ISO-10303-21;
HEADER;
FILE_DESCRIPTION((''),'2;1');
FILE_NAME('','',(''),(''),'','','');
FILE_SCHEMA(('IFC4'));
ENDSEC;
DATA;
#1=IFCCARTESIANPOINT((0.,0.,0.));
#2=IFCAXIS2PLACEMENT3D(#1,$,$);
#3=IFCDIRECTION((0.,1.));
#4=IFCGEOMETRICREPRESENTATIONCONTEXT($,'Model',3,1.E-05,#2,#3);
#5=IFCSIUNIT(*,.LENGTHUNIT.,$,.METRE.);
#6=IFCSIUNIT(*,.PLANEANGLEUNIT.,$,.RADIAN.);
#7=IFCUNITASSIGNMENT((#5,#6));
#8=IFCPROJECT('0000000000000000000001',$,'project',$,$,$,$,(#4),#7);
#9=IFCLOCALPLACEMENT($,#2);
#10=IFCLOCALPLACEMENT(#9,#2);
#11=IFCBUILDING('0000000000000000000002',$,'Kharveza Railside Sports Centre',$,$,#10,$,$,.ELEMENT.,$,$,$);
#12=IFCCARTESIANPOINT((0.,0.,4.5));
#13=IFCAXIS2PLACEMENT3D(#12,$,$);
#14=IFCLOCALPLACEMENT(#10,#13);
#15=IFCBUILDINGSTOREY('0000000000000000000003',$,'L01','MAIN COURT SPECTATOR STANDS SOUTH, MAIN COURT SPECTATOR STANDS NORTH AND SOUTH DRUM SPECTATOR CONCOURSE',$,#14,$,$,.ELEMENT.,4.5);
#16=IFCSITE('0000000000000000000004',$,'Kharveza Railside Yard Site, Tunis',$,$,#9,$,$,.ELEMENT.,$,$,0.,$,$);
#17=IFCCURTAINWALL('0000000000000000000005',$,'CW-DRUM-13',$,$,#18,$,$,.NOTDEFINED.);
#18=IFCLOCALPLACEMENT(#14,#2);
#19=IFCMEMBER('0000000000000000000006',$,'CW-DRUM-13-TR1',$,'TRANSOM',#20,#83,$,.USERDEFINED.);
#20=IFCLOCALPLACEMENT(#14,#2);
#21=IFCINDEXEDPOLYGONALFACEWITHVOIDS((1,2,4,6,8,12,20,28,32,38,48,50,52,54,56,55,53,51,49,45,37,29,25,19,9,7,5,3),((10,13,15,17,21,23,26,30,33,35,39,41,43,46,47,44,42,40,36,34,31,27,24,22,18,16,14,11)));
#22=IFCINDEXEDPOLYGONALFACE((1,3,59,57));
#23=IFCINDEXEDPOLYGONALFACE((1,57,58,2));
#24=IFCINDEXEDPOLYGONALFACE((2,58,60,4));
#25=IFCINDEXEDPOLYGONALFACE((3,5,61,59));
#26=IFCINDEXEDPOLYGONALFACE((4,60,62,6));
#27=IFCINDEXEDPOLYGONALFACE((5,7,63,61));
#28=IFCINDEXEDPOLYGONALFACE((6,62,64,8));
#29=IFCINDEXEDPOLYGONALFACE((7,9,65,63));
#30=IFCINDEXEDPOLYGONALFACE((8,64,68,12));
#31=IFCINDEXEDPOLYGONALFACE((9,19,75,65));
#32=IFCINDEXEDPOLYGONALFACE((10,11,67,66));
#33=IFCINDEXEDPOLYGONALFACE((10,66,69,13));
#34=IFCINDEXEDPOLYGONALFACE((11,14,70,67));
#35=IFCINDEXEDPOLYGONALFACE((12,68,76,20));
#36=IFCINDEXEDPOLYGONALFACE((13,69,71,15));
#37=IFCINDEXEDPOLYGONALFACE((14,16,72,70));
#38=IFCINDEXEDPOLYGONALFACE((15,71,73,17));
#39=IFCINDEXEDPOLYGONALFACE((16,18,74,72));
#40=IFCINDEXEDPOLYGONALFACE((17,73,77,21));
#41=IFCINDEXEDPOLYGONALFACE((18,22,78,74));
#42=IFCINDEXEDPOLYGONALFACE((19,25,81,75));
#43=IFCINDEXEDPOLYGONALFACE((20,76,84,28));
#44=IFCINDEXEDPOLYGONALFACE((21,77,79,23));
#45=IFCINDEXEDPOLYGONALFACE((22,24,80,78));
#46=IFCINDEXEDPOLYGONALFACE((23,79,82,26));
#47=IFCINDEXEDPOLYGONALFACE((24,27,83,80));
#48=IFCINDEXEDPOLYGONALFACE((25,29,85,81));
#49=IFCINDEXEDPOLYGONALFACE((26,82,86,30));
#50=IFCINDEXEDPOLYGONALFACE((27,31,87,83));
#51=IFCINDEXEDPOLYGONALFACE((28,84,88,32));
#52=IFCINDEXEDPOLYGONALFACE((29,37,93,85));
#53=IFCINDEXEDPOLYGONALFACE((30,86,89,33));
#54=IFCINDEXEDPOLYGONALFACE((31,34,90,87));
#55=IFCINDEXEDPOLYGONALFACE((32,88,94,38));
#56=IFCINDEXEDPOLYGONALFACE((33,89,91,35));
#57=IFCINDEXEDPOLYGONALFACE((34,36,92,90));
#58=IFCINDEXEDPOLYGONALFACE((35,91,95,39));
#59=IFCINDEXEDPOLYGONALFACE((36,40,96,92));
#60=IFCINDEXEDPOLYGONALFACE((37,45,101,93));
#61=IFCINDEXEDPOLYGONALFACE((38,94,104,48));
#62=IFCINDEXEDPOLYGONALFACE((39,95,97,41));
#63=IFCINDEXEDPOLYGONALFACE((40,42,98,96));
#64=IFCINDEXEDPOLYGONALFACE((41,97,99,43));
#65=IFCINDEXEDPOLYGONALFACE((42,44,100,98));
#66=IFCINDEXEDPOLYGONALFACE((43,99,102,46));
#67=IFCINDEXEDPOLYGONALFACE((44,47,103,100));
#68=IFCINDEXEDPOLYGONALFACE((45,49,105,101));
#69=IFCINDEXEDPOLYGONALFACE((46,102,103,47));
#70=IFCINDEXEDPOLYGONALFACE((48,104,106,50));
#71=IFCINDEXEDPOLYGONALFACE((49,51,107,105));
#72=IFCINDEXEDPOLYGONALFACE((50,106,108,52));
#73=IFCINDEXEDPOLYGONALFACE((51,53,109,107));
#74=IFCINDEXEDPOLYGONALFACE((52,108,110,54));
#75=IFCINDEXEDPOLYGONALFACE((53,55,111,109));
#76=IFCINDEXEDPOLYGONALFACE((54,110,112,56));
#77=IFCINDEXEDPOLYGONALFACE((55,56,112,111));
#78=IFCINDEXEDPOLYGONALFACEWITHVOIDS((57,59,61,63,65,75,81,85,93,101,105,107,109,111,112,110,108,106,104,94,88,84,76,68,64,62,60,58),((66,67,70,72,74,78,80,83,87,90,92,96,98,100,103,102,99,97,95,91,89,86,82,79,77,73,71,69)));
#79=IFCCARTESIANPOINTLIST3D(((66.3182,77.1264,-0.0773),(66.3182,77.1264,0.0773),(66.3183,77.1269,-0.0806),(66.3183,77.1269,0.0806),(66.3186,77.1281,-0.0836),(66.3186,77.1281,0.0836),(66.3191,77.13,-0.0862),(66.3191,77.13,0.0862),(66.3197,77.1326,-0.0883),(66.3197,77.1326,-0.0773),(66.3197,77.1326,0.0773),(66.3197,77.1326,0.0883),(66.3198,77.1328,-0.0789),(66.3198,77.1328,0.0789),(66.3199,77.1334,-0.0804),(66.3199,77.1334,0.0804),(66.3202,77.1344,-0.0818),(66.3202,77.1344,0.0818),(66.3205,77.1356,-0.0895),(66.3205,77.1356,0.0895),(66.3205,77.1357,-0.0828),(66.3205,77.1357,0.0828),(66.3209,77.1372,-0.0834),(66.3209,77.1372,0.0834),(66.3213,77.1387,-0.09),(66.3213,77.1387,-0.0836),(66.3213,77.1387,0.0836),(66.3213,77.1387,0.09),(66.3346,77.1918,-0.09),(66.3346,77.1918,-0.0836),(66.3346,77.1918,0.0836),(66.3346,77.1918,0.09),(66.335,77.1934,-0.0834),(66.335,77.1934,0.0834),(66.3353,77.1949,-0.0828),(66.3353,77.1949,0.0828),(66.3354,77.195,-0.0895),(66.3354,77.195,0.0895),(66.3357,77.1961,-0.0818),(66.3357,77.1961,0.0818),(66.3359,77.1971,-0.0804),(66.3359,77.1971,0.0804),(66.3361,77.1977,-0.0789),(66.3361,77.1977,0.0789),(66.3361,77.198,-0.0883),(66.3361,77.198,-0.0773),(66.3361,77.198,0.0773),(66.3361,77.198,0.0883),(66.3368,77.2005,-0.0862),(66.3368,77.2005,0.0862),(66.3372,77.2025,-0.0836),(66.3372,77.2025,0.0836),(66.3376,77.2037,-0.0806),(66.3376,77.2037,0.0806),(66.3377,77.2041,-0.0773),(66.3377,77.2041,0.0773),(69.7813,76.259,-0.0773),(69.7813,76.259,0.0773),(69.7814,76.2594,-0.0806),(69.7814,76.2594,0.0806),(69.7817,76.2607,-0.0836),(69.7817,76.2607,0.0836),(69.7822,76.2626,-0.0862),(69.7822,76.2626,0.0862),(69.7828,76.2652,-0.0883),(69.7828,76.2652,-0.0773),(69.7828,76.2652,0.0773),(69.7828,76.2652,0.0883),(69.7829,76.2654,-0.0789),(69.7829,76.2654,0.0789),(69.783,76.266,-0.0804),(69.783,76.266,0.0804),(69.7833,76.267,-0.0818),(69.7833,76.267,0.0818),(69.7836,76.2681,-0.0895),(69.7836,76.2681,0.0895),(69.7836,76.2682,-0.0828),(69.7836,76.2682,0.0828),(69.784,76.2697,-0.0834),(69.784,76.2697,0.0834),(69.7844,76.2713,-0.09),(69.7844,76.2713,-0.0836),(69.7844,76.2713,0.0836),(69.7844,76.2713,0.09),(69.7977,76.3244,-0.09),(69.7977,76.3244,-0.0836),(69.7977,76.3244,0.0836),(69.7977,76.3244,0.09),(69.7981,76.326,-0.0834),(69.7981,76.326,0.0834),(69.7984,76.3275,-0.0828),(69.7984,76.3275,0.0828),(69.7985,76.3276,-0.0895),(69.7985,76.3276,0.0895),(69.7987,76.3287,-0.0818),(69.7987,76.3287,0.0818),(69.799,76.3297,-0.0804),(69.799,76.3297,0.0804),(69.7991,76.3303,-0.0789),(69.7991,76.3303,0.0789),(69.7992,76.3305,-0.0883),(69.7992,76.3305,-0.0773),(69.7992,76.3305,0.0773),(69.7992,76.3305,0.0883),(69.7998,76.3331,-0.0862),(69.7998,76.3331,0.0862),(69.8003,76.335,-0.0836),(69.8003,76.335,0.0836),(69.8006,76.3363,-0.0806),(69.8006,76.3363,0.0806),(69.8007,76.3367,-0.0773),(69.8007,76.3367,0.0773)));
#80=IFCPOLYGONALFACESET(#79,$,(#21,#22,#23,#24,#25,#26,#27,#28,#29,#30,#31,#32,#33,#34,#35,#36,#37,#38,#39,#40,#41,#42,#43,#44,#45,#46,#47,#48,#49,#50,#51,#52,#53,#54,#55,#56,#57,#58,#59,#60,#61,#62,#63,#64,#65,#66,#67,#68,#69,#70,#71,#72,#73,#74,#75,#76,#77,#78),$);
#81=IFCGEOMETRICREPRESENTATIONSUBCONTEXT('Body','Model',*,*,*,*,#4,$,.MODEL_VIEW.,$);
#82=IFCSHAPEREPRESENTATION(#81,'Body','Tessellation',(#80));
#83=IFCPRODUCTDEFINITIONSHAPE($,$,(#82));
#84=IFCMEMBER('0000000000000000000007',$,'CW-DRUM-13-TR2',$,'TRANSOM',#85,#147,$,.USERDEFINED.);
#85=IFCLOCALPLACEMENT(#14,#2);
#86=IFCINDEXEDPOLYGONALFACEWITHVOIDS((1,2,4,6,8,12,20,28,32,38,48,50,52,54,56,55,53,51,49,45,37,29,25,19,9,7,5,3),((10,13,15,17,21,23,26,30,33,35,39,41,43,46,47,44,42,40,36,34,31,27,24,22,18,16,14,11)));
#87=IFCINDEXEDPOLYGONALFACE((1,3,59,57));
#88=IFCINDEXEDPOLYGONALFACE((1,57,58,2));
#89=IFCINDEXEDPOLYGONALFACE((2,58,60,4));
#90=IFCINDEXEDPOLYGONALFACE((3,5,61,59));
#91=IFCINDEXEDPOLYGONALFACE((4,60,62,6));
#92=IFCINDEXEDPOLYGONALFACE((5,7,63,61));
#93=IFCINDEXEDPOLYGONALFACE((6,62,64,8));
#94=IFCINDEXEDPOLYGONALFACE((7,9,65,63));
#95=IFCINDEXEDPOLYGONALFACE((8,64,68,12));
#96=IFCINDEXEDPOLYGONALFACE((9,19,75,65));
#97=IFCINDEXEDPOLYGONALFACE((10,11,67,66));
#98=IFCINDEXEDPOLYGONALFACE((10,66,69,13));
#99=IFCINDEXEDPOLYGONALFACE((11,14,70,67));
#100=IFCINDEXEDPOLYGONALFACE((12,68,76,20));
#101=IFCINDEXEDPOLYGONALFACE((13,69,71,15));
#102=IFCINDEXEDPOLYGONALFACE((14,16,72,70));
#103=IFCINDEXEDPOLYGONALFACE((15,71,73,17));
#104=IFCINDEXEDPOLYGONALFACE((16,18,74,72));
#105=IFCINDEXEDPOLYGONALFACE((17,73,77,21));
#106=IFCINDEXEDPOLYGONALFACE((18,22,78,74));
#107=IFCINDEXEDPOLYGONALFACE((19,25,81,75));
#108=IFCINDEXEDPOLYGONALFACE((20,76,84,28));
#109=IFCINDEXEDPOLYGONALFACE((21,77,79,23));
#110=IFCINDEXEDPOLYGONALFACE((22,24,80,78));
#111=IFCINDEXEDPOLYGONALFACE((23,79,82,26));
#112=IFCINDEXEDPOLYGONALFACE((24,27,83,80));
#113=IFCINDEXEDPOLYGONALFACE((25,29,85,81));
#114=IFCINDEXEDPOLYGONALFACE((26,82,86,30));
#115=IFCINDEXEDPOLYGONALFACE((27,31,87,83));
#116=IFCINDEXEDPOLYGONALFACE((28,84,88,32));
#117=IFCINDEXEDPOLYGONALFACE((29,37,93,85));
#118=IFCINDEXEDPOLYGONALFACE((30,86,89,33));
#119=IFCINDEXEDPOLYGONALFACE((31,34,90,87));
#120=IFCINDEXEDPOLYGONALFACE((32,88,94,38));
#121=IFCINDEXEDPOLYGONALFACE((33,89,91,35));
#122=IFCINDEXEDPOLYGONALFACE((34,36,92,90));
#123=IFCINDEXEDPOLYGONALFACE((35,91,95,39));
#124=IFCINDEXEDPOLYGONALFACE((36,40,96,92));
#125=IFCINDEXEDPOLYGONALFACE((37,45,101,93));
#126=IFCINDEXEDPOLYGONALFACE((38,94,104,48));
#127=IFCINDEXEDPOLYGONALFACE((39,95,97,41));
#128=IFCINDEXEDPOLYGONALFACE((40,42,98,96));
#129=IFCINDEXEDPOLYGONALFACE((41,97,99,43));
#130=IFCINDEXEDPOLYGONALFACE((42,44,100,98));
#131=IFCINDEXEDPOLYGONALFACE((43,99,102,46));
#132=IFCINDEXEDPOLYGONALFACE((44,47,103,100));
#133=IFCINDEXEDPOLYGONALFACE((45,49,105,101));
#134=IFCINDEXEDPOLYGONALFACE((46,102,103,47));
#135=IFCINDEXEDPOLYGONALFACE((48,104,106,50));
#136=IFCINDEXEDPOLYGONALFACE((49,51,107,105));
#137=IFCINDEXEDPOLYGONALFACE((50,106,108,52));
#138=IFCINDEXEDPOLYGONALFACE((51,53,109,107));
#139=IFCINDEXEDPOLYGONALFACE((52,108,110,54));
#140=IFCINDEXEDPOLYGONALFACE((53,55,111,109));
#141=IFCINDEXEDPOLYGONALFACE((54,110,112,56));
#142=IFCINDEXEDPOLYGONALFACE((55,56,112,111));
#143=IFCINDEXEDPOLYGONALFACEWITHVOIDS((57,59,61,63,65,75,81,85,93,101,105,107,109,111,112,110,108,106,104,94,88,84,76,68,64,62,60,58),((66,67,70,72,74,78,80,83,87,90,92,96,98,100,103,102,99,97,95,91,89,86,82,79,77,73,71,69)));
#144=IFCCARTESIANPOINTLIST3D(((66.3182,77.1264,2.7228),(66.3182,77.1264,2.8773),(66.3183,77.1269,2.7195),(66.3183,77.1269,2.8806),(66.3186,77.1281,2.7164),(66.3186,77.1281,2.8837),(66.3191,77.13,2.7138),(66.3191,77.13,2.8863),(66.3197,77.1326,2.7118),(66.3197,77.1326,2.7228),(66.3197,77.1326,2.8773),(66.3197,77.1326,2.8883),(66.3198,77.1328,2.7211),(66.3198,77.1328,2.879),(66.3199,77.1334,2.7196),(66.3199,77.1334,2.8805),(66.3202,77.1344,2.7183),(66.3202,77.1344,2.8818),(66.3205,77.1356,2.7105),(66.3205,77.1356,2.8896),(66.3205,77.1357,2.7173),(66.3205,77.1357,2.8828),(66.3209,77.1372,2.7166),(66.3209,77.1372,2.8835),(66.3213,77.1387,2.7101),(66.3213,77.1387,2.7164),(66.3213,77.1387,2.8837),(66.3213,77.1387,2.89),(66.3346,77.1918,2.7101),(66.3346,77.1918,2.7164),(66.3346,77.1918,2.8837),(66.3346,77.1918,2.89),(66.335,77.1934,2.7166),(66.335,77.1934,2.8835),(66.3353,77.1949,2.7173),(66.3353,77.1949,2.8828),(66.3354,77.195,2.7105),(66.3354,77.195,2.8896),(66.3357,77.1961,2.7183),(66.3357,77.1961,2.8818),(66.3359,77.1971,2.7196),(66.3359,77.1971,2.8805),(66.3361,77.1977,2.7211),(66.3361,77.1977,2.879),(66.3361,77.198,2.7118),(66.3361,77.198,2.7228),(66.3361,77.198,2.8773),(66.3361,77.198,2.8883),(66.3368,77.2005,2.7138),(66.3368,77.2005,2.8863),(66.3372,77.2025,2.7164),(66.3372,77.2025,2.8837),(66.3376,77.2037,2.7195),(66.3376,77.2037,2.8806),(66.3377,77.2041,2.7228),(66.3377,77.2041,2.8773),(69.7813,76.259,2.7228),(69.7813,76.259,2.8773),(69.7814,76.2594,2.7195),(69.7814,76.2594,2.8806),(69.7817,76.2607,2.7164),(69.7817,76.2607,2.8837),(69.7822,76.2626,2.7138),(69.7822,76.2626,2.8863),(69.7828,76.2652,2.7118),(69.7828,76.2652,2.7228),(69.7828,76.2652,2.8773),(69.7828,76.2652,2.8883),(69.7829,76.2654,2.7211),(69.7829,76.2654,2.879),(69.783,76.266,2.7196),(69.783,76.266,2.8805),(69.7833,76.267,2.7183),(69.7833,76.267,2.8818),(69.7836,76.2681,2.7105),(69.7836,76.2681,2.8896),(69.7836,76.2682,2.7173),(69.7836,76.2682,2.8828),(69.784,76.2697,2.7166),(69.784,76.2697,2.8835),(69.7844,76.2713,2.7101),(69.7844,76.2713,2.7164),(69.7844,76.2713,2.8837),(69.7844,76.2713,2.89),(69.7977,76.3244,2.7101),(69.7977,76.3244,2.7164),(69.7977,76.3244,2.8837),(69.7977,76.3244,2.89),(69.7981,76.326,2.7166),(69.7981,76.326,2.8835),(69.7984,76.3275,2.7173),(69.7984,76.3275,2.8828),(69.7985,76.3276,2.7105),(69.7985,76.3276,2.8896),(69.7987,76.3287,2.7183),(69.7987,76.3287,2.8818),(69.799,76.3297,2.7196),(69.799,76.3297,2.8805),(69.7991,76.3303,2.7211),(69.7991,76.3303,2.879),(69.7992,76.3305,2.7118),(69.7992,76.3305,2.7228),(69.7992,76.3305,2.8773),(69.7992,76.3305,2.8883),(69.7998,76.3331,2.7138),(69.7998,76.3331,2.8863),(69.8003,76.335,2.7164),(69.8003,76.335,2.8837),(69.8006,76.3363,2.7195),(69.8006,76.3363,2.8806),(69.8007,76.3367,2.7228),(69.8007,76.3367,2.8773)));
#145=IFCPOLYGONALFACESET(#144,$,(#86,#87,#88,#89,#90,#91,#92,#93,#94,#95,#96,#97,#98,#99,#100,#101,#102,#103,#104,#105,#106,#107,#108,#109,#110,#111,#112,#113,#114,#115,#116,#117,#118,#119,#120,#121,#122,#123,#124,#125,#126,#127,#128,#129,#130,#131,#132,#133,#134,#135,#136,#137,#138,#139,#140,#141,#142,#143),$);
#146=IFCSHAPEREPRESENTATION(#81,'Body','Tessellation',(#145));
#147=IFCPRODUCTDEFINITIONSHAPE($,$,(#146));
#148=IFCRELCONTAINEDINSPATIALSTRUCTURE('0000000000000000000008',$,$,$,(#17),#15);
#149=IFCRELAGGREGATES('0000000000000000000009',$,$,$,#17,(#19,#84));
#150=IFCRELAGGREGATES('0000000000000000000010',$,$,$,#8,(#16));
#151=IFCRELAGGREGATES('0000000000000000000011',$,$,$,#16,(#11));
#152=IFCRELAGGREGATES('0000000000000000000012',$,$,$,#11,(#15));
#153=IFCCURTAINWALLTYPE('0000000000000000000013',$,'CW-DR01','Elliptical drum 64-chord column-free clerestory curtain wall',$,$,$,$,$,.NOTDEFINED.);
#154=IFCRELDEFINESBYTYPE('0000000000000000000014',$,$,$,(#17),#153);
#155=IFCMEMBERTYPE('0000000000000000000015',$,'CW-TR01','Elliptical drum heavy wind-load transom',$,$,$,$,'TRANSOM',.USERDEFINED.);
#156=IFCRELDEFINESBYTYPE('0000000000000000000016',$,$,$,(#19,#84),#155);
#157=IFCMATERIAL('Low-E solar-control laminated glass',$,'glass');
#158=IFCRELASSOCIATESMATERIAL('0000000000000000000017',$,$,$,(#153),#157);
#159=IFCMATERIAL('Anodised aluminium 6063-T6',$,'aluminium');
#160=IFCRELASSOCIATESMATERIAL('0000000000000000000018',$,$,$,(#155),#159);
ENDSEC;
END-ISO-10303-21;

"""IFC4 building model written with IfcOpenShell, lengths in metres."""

from ifc_helpers import new_model, si_unit, direction, frame, origin, origin_2d, place, context, subcontext, project, spatial, hollow_rectangle, extrude, material, material_profile, profile_set, type_object, element, aggregate, save


model = new_model("IFC4")

# Units and contexts
model_context = context("Model", 3, precision=1e-05, world=origin(), true_north=direction((0.0, 1.0)))
body_context = subcontext(model_context, "Body", "Model", "MODEL_VIEW")
ifc_project = project(units=[si_unit("LENGTHUNIT", "METRE"), si_unit("PLANEANGLEUNIT", "RADIAN")], contexts=[model_context])

# Site, building, storey
site_placement = place(None, origin())
site = spatial("IfcSite", under=ifc_project, at=site_placement, Name="Kharveza Railside Yard Site, Tunis", CompositionType="ELEMENT", RefElevation=0.0)
building_placement = place(site_placement, origin())
building = spatial("IfcBuilding", under=site, at=building_placement, Name="Kharveza Railside Sports Centre", CompositionType="ELEMENT")
storey_placement = place(building_placement, frame((0.0, 0.0, 4.5)))
storey = spatial("IfcBuildingStorey", under=building, at=storey_placement, Name="L01", Description="MAIN COURT SPECTATOR STANDS SOUTH, MAIN COURT SPECTATOR STANDS NORTH AND SOUTH DRUM SPECTATOR CONCOURSE", CompositionType="ELEMENT", Elevation=4.5)

# Shared definitions
ifc_material_1 = material(Name="Low-E solar-control laminated glass", Category="glass")
curtain_wall_type = type_object("IfcCurtainWallType", Name="CW-DR01", Description="Elliptical drum 64-chord column-free clerestory curtain wall", PredefinedType="NOTDEFINED", material=ifc_material_1)
ifc_material_2 = material(Name="Anodised aluminium 6063-T6", Category="aluminium")

# Curtain wall
curtain_wall_1_placement = place(storey_placement, origin())
curtain_wall_1 = element("IfcCurtainWall", 1, at=curtain_wall_1_placement, inside=storey, type_object=curtain_wall_type, Name="CW-DRUM-13", PredefinedType="NOTDEFINED")

# Members
ifc_material_profile_1 = material_profile(ifc_material_2, hollow_rectangle(XDim=0.0801, YDim=0.1799, WallThickness=0.0063, InnerFilletRadius=0.0063, OuterFilletRadius=0.0127, at=origin_2d()), Name="RHS 80x180x6.3")
ifc_profile_set_1 = profile_set([ifc_material_profile_1], Name="Anodised aluminium 6063-T6")
member_type_1 = type_object("IfcMemberType", Name="CW-TR01", Description="Elliptical drum heavy wind-load transom", ElementType="TRANSOM", PredefinedType="USERDEFINED", material=ifc_profile_set_1)
member_1_placement = place(storey_placement, frame((69.791, 76.2979, 0.0), z_axis=(-0.970034, 0.24297, 0.0), x_axis=(-0.24297, -0.970034, 0.0)))
member_1 = element("IfcMember", 2, at=member_1_placement, type_object=member_type_1, Name="CW-DRUM-13-TR1", ObjectType="TRANSOM", PredefinedType="USERDEFINED", context=body_context, shape_type="SweptSolid", body=[
    extrude(hollow_rectangle(XDim=0.0801, YDim=0.1799, WallThickness=0.0063, InnerFilletRadius=0.0063, OuterFilletRadius=0.0127, at=origin_2d()), origin(), (0.0, 0.0, 1.0), 3.5701),
])
member_2_placement = place(storey_placement, frame((69.791, 76.2979, 2.8), z_axis=(-0.970034, 0.24297, 0.0), x_axis=(-0.24297, -0.970034, 0.0)))
member_2 = element("IfcMember", 3, at=member_2_placement, type_object=member_type_1, Name="CW-DRUM-13-TR2", ObjectType="TRANSOM", PredefinedType="USERDEFINED", context=body_context, shape_type="SweptSolid", body=[
    extrude(hollow_rectangle(XDim=0.0801, YDim=0.1799, WallThickness=0.0063, InnerFilletRadius=0.0063, OuterFilletRadius=0.0127, at=origin_2d()), origin(), (0.0, 0.0, 1.0), 3.5701),
])

aggregate(curtain_wall_1, [member_1, member_2])

save(model, "model.ifc")
